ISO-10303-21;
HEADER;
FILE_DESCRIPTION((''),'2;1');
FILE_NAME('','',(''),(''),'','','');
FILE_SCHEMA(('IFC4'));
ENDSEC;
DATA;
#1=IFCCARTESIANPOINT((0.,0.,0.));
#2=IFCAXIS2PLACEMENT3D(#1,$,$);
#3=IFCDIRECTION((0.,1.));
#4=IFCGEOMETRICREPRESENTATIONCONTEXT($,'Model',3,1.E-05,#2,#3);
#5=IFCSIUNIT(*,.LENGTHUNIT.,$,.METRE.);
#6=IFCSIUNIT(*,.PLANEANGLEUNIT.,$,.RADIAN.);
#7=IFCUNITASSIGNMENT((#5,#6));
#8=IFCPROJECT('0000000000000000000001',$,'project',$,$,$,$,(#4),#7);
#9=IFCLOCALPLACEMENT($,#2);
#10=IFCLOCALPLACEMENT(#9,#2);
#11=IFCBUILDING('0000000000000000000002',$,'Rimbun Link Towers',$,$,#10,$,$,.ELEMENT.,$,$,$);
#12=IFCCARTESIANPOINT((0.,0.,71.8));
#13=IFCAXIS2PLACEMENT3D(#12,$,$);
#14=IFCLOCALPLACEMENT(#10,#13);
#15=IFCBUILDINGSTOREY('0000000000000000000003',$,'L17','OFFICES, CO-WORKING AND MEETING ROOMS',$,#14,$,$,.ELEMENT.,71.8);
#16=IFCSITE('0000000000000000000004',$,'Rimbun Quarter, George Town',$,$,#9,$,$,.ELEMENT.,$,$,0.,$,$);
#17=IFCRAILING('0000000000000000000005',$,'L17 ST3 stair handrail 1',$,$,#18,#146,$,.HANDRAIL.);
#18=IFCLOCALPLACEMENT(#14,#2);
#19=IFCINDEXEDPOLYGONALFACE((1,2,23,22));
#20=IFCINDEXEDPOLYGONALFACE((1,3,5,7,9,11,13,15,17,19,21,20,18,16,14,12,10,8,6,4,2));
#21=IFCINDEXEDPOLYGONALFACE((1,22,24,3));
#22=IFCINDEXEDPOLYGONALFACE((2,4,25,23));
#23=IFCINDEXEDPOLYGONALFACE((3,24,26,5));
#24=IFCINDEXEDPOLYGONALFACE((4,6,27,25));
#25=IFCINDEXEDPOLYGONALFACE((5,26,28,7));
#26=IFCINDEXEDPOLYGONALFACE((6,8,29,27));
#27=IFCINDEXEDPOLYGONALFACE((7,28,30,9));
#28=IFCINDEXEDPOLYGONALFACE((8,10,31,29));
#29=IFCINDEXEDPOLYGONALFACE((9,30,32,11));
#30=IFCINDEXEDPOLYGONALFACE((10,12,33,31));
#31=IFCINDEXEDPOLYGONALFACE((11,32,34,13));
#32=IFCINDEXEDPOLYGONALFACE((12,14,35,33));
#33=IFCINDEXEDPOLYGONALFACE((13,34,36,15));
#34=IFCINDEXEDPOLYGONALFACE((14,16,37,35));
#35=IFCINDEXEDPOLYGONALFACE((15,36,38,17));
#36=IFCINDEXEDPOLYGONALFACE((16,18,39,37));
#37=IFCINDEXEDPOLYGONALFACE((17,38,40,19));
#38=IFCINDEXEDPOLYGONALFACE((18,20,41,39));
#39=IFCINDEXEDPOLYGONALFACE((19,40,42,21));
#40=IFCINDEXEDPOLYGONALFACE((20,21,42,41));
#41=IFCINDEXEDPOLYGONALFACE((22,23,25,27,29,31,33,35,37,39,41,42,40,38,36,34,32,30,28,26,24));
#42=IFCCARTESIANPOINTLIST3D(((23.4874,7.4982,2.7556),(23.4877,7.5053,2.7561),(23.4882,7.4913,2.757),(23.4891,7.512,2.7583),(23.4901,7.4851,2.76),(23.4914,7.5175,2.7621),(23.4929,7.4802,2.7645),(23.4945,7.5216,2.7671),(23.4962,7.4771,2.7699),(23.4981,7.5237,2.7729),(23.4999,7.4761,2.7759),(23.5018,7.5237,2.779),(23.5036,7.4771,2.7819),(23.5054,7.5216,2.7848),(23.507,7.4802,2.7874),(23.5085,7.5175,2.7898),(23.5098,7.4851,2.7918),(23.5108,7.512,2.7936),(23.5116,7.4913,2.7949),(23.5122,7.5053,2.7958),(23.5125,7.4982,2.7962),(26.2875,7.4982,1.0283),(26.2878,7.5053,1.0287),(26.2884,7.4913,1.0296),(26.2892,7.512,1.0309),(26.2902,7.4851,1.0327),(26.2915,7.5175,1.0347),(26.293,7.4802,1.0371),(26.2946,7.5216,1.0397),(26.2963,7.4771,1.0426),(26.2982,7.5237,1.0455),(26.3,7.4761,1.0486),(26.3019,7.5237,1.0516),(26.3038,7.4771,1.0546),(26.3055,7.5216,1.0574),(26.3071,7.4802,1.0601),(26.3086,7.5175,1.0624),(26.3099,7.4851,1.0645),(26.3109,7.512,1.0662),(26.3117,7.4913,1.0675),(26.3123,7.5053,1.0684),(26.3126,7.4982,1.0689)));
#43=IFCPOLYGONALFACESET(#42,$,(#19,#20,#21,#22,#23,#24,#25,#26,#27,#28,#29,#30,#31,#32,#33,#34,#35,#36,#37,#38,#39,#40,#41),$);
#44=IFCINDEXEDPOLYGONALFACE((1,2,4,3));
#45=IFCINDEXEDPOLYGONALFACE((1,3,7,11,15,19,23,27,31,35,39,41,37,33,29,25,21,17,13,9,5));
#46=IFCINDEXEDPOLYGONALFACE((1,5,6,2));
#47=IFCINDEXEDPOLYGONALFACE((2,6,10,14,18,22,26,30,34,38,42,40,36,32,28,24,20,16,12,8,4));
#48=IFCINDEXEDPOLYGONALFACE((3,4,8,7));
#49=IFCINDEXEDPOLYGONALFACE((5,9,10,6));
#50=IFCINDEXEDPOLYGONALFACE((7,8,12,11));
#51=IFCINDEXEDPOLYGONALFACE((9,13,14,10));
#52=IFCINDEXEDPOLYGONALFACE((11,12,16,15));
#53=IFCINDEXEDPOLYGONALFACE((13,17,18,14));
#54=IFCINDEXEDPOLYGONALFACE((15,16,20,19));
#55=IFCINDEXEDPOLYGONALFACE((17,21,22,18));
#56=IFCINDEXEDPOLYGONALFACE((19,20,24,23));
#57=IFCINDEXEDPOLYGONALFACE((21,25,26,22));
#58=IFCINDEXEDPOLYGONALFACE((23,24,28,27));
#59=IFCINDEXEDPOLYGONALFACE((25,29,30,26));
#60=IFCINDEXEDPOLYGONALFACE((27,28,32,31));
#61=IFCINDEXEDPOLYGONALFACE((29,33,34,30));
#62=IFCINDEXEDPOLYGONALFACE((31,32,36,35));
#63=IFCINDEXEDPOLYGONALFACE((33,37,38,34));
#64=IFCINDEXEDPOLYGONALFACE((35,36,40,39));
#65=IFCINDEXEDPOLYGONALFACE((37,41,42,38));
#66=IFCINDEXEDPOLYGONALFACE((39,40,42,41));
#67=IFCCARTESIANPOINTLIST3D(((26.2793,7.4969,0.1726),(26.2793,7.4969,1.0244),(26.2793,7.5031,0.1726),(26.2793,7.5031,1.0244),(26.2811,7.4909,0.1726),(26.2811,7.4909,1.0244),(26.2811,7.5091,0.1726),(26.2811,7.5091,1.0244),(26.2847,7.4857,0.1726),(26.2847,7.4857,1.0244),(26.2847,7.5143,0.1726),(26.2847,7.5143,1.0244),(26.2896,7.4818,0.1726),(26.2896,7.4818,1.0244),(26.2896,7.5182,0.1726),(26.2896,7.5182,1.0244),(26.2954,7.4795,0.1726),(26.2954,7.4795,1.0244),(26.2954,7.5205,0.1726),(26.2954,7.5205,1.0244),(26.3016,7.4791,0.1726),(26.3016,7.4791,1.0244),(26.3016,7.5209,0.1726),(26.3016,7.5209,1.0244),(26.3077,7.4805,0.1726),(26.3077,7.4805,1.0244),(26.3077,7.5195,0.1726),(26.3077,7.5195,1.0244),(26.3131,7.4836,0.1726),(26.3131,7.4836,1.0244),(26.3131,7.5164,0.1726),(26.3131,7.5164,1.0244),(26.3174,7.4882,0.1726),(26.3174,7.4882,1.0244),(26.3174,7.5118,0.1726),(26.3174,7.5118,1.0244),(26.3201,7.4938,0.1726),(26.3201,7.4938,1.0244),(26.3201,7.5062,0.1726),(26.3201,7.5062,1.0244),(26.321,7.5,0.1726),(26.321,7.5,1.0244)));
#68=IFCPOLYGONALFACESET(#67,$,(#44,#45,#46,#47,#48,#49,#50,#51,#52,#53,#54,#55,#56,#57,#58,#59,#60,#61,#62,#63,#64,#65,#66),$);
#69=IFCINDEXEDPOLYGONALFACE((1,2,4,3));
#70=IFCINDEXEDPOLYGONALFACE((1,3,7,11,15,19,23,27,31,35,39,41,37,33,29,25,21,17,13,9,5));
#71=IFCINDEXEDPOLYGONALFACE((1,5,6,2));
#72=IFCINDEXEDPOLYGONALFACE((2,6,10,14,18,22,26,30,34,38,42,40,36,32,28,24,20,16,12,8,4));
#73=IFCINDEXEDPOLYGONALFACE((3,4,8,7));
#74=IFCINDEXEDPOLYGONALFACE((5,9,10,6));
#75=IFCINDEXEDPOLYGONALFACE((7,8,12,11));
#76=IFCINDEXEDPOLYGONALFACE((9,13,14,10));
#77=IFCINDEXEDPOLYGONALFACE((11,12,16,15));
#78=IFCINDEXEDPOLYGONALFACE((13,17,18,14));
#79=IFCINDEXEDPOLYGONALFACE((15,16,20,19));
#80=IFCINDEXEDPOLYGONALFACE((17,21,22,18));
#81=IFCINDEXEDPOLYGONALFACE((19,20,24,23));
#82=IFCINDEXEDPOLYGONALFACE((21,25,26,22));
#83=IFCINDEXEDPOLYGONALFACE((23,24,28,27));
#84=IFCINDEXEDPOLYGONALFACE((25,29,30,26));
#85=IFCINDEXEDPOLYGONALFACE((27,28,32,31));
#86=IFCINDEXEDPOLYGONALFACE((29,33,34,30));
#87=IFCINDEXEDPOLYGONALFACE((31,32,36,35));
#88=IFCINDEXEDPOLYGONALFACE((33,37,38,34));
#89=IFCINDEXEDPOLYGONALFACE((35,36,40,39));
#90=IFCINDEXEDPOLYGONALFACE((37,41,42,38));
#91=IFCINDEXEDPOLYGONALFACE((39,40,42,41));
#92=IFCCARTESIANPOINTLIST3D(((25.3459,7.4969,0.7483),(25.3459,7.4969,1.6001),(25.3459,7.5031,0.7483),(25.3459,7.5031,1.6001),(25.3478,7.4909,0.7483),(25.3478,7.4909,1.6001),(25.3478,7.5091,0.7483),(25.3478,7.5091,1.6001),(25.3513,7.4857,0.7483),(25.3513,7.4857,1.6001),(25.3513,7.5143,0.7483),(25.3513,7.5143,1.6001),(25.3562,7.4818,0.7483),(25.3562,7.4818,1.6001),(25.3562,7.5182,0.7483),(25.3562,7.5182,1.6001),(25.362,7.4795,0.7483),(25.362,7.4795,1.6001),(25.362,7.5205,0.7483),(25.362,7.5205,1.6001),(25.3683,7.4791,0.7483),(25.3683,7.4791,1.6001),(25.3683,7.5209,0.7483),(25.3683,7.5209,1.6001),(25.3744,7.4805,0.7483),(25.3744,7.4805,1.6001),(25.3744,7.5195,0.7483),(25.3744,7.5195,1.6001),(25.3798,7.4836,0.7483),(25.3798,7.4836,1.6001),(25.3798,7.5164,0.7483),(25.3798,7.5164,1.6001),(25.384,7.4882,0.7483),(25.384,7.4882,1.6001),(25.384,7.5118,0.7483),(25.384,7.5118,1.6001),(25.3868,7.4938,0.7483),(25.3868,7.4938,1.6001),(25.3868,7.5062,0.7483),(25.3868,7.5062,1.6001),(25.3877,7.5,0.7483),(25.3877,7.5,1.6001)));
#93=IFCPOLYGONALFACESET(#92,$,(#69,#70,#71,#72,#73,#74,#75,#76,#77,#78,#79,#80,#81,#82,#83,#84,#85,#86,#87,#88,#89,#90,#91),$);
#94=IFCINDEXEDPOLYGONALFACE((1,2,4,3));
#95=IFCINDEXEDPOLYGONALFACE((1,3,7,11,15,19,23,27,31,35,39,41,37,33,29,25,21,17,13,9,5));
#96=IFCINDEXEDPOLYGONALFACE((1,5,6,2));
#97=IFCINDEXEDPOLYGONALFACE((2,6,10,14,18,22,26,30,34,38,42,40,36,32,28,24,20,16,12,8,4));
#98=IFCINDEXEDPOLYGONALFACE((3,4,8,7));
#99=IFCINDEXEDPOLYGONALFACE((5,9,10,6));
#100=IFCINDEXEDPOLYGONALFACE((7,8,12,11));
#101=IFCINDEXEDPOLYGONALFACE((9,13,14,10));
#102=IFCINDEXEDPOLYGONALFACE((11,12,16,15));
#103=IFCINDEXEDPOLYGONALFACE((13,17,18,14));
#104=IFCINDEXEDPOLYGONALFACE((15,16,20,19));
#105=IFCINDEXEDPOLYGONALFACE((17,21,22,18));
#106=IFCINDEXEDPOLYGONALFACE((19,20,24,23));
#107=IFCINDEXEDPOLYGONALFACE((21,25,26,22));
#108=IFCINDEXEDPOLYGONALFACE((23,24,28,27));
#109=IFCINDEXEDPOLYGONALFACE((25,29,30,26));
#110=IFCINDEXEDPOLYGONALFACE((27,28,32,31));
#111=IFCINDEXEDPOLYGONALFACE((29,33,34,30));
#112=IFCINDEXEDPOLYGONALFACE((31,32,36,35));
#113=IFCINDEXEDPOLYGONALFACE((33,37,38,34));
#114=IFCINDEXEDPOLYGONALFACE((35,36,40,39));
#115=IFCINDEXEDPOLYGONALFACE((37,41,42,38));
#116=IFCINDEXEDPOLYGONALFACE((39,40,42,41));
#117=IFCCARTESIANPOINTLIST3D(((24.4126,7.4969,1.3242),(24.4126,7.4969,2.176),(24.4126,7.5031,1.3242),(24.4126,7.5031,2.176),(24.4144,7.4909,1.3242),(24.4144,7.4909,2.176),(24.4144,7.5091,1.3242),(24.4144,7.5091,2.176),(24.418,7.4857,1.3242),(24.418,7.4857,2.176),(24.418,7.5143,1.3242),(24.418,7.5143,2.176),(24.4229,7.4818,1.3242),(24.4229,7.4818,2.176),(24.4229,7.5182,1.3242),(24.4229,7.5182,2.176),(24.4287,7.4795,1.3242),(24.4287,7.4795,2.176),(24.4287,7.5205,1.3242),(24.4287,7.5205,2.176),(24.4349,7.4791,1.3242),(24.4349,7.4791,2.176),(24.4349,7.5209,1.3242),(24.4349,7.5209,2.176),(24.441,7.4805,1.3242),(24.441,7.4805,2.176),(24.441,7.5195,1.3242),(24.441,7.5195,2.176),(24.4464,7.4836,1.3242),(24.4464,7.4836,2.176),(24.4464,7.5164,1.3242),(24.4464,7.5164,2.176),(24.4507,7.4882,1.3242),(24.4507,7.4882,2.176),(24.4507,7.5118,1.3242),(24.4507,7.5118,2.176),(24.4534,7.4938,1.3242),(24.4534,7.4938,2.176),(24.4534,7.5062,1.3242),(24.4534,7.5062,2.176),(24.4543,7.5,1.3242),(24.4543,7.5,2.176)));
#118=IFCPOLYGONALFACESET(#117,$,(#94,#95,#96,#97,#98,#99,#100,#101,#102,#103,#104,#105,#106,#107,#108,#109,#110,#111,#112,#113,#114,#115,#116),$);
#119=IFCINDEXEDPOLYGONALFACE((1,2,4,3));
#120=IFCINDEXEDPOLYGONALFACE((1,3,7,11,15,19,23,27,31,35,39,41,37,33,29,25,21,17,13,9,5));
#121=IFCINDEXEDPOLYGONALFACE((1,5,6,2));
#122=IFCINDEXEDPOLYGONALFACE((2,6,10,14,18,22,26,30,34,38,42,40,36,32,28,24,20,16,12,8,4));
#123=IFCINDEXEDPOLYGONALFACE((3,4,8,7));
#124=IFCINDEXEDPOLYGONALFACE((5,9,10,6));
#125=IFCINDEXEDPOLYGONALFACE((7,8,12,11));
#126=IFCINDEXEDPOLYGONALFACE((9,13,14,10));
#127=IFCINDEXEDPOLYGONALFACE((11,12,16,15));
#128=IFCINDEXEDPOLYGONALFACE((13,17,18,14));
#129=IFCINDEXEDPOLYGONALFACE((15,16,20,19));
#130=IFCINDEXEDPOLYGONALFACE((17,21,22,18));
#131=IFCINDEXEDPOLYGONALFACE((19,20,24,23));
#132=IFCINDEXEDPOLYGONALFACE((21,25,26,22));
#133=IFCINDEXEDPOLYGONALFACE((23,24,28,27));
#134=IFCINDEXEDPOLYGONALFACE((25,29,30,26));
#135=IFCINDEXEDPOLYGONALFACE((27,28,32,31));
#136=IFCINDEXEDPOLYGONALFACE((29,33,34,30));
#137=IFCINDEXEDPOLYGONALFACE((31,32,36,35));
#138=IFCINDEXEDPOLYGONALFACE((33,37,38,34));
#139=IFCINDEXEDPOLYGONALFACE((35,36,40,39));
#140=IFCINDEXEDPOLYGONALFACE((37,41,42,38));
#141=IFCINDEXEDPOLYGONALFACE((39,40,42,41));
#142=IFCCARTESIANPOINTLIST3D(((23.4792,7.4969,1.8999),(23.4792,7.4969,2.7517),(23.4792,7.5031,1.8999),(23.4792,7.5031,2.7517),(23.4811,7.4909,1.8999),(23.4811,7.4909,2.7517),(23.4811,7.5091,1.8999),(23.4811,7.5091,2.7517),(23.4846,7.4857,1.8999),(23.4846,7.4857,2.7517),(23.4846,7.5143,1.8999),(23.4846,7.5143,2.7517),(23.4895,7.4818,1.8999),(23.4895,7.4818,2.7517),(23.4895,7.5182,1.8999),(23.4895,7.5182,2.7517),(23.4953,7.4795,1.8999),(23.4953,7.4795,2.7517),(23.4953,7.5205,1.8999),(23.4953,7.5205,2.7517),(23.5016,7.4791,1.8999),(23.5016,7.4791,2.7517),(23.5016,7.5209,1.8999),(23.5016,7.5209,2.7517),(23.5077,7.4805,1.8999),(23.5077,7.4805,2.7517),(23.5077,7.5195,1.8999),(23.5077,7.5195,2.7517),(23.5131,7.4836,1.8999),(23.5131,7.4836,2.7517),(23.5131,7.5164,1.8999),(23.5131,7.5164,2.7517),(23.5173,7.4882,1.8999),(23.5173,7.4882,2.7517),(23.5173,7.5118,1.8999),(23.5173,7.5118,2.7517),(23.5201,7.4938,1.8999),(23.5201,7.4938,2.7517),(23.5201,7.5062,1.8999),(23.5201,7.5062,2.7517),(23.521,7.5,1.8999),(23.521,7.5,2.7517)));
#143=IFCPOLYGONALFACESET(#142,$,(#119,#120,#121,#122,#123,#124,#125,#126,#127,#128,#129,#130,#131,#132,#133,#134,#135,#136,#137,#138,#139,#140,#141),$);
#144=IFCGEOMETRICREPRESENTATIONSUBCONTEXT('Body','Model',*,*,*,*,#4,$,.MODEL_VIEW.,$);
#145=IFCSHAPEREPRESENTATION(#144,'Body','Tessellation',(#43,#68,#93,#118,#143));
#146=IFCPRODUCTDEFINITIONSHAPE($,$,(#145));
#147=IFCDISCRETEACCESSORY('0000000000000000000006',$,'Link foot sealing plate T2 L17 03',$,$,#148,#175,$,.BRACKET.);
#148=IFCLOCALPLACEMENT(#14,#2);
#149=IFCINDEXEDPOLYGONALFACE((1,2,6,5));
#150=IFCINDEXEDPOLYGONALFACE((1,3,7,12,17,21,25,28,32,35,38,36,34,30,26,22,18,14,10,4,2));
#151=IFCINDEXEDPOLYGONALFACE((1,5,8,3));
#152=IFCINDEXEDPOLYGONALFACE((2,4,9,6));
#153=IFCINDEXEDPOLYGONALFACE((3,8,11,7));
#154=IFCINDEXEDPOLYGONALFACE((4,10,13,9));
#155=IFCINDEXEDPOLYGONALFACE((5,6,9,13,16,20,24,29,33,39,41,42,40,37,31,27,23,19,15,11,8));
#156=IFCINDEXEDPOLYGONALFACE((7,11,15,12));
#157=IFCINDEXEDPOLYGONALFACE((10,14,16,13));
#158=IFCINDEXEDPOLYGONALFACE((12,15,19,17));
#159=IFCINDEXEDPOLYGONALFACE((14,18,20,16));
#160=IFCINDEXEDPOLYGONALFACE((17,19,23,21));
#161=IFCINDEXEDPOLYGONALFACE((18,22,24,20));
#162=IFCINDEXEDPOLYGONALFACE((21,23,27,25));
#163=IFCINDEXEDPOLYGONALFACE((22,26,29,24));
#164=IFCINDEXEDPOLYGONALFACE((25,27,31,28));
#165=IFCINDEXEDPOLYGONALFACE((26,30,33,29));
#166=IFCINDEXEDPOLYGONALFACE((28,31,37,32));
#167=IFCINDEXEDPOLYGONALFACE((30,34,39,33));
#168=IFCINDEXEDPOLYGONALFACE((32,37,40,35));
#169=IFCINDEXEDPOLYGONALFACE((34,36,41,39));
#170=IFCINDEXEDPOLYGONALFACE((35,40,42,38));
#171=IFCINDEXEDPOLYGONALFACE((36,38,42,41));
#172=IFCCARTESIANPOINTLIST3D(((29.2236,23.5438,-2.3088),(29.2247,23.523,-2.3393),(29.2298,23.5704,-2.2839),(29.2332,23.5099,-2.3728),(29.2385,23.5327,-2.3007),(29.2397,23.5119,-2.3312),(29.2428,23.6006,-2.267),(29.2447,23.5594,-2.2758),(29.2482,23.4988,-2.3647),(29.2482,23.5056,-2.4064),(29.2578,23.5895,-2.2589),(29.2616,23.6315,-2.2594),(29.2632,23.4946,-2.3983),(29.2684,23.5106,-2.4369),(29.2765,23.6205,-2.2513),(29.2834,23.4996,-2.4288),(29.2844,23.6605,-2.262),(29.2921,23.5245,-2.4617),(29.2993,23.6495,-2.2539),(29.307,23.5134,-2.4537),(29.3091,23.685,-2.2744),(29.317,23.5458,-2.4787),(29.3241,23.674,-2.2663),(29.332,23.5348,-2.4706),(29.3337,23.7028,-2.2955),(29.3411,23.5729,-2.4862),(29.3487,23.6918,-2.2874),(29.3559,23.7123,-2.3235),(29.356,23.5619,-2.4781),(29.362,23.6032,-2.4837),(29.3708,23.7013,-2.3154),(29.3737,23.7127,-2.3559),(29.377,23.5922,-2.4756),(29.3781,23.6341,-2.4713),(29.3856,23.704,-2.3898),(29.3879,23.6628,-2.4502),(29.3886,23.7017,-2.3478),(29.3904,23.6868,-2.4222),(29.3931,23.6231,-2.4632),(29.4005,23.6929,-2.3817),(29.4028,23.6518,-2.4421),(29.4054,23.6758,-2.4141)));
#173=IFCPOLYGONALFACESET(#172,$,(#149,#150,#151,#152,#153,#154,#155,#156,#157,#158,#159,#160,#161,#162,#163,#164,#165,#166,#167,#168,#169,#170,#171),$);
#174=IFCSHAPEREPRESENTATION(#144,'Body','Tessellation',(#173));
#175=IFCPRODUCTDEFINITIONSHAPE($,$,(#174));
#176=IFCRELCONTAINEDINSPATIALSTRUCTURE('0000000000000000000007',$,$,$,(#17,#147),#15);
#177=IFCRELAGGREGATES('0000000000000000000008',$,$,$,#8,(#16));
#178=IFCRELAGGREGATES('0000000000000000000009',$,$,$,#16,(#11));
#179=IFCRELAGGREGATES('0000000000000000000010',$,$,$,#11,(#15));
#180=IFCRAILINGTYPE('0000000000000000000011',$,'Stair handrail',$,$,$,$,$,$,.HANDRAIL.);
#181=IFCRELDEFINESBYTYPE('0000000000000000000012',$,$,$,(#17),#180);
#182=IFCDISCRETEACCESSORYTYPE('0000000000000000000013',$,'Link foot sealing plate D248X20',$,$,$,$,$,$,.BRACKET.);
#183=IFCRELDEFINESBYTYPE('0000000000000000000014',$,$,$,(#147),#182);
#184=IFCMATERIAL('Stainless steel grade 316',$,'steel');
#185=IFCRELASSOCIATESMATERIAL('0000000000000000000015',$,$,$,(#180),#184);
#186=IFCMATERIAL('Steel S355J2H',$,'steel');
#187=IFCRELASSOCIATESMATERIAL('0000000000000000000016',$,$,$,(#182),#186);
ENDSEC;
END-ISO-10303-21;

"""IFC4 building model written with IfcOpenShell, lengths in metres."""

from ifc_helpers import new_model, si_unit, direction, frame, origin, origin_2d, place, context, subcontext, project, spatial, circle, extrude, material, material_profile, profile_set, type_object, element, save


model = new_model("IFC4")

# Units and contexts
model_context = context("Model", 3, precision=1e-05, world=origin(), true_north=direction((0.0, 1.0)))
body_context = subcontext(model_context, "Body", "Model", "MODEL_VIEW")
ifc_project = project(units=[si_unit("LENGTHUNIT", "METRE"), si_unit("PLANEANGLEUNIT", "RADIAN")], contexts=[model_context])

# Site, building, storey
site_placement = place(None, origin())
site = spatial("IfcSite", under=ifc_project, at=site_placement, Name="Rimbun Quarter, George Town", CompositionType="ELEMENT", RefElevation=0.0)
building_placement = place(site_placement, origin())
building = spatial("IfcBuilding", under=site, at=building_placement, Name="Rimbun Link Towers", CompositionType="ELEMENT")
storey_placement = place(building_placement, frame((0.0, 0.0, 71.8)))
storey = spatial("IfcBuildingStorey", under=building, at=storey_placement, Name="L17", Description="OFFICES, CO-WORKING AND MEETING ROOMS", CompositionType="ELEMENT", Elevation=71.8)

# Railing
ifc_material_1 = material(Name="Stainless steel grade 316", Category="steel")
railing_type_1 = type_object("IfcRailingType", Name="Stair handrail", PredefinedType="HANDRAIL", material=ifc_material_1)
railing_1_placement = place(storey_placement, frame((26.3, 7.5, 0.1726)))
element("IfcRailing", 1, at=railing_1_placement, inside=storey, type_object=railing_type_1, Name="L17 ST3 stair handrail 1", PredefinedType="HANDRAIL", context=body_context, shape_type="SweptSolid", body=[
    extrude(circle(Radius=0.0239, at=origin_2d()), frame((0.0, 0.0, 0.876), z_axis=(-0.85109, 0.0, 0.52502), x_axis=(0.0, -1.0, 0.0)), (0.0, 0.0, 1.0), 3.29),
    extrude(circle(Radius=0.021, at=origin_2d()), origin(), (0.0, 0.0, 1.0), 0.8518),
    extrude(circle(Radius=0.021, at=origin_2d()), frame((-0.9333, 0.0, 0.5757)), (0.0, 0.0, 1.0), 0.8518),
    extrude(circle(Radius=0.021, at=origin_2d()), frame((-1.8667, 0.0, 1.1516)), (0.0, 0.0, 1.0), 0.8518),
    extrude(circle(Radius=0.021, at=origin_2d()), frame((-2.8, 0.0, 1.7273)), (0.0, 0.0, 1.0), 0.8518),
])

# Discrete accessory
ifc_material_2 = material(Name="Steel S355J2H", Category="steel")
ifc_material_profile_1 = material_profile(ifc_material_2, circle(Radius=0.124, at=origin_2d()), Name="PL D248")
ifc_profile_set_1 = profile_set([ifc_material_profile_1], Name="Steel S355J2H")
discrete_accessory_type = type_object("IfcDiscreteAccessoryType", Name="Link foot sealing plate D248X20", PredefinedType="BRACKET", material=ifc_profile_set_1)
discrete_accessory_placement = place(storey_placement, frame((29.3218, 23.5986, -2.3647), z_axis=(-0.737837, 0.544306, -0.399158), x_axis=(-0.593649, -0.804724, 0.0)))
element("IfcDiscreteAccessory", 2, at=discrete_accessory_placement, inside=storey, type_object=discrete_accessory_type, Name="Link foot sealing plate T2 L17 03", PredefinedType="BRACKET", context=body_context, shape_type="SweptSolid", body=[
    extrude(circle(Radius=0.124, at=origin_2d()), origin(), (0.0, 0.0, 1.0), 0.0203),
])

save(model, "model.ifc")
